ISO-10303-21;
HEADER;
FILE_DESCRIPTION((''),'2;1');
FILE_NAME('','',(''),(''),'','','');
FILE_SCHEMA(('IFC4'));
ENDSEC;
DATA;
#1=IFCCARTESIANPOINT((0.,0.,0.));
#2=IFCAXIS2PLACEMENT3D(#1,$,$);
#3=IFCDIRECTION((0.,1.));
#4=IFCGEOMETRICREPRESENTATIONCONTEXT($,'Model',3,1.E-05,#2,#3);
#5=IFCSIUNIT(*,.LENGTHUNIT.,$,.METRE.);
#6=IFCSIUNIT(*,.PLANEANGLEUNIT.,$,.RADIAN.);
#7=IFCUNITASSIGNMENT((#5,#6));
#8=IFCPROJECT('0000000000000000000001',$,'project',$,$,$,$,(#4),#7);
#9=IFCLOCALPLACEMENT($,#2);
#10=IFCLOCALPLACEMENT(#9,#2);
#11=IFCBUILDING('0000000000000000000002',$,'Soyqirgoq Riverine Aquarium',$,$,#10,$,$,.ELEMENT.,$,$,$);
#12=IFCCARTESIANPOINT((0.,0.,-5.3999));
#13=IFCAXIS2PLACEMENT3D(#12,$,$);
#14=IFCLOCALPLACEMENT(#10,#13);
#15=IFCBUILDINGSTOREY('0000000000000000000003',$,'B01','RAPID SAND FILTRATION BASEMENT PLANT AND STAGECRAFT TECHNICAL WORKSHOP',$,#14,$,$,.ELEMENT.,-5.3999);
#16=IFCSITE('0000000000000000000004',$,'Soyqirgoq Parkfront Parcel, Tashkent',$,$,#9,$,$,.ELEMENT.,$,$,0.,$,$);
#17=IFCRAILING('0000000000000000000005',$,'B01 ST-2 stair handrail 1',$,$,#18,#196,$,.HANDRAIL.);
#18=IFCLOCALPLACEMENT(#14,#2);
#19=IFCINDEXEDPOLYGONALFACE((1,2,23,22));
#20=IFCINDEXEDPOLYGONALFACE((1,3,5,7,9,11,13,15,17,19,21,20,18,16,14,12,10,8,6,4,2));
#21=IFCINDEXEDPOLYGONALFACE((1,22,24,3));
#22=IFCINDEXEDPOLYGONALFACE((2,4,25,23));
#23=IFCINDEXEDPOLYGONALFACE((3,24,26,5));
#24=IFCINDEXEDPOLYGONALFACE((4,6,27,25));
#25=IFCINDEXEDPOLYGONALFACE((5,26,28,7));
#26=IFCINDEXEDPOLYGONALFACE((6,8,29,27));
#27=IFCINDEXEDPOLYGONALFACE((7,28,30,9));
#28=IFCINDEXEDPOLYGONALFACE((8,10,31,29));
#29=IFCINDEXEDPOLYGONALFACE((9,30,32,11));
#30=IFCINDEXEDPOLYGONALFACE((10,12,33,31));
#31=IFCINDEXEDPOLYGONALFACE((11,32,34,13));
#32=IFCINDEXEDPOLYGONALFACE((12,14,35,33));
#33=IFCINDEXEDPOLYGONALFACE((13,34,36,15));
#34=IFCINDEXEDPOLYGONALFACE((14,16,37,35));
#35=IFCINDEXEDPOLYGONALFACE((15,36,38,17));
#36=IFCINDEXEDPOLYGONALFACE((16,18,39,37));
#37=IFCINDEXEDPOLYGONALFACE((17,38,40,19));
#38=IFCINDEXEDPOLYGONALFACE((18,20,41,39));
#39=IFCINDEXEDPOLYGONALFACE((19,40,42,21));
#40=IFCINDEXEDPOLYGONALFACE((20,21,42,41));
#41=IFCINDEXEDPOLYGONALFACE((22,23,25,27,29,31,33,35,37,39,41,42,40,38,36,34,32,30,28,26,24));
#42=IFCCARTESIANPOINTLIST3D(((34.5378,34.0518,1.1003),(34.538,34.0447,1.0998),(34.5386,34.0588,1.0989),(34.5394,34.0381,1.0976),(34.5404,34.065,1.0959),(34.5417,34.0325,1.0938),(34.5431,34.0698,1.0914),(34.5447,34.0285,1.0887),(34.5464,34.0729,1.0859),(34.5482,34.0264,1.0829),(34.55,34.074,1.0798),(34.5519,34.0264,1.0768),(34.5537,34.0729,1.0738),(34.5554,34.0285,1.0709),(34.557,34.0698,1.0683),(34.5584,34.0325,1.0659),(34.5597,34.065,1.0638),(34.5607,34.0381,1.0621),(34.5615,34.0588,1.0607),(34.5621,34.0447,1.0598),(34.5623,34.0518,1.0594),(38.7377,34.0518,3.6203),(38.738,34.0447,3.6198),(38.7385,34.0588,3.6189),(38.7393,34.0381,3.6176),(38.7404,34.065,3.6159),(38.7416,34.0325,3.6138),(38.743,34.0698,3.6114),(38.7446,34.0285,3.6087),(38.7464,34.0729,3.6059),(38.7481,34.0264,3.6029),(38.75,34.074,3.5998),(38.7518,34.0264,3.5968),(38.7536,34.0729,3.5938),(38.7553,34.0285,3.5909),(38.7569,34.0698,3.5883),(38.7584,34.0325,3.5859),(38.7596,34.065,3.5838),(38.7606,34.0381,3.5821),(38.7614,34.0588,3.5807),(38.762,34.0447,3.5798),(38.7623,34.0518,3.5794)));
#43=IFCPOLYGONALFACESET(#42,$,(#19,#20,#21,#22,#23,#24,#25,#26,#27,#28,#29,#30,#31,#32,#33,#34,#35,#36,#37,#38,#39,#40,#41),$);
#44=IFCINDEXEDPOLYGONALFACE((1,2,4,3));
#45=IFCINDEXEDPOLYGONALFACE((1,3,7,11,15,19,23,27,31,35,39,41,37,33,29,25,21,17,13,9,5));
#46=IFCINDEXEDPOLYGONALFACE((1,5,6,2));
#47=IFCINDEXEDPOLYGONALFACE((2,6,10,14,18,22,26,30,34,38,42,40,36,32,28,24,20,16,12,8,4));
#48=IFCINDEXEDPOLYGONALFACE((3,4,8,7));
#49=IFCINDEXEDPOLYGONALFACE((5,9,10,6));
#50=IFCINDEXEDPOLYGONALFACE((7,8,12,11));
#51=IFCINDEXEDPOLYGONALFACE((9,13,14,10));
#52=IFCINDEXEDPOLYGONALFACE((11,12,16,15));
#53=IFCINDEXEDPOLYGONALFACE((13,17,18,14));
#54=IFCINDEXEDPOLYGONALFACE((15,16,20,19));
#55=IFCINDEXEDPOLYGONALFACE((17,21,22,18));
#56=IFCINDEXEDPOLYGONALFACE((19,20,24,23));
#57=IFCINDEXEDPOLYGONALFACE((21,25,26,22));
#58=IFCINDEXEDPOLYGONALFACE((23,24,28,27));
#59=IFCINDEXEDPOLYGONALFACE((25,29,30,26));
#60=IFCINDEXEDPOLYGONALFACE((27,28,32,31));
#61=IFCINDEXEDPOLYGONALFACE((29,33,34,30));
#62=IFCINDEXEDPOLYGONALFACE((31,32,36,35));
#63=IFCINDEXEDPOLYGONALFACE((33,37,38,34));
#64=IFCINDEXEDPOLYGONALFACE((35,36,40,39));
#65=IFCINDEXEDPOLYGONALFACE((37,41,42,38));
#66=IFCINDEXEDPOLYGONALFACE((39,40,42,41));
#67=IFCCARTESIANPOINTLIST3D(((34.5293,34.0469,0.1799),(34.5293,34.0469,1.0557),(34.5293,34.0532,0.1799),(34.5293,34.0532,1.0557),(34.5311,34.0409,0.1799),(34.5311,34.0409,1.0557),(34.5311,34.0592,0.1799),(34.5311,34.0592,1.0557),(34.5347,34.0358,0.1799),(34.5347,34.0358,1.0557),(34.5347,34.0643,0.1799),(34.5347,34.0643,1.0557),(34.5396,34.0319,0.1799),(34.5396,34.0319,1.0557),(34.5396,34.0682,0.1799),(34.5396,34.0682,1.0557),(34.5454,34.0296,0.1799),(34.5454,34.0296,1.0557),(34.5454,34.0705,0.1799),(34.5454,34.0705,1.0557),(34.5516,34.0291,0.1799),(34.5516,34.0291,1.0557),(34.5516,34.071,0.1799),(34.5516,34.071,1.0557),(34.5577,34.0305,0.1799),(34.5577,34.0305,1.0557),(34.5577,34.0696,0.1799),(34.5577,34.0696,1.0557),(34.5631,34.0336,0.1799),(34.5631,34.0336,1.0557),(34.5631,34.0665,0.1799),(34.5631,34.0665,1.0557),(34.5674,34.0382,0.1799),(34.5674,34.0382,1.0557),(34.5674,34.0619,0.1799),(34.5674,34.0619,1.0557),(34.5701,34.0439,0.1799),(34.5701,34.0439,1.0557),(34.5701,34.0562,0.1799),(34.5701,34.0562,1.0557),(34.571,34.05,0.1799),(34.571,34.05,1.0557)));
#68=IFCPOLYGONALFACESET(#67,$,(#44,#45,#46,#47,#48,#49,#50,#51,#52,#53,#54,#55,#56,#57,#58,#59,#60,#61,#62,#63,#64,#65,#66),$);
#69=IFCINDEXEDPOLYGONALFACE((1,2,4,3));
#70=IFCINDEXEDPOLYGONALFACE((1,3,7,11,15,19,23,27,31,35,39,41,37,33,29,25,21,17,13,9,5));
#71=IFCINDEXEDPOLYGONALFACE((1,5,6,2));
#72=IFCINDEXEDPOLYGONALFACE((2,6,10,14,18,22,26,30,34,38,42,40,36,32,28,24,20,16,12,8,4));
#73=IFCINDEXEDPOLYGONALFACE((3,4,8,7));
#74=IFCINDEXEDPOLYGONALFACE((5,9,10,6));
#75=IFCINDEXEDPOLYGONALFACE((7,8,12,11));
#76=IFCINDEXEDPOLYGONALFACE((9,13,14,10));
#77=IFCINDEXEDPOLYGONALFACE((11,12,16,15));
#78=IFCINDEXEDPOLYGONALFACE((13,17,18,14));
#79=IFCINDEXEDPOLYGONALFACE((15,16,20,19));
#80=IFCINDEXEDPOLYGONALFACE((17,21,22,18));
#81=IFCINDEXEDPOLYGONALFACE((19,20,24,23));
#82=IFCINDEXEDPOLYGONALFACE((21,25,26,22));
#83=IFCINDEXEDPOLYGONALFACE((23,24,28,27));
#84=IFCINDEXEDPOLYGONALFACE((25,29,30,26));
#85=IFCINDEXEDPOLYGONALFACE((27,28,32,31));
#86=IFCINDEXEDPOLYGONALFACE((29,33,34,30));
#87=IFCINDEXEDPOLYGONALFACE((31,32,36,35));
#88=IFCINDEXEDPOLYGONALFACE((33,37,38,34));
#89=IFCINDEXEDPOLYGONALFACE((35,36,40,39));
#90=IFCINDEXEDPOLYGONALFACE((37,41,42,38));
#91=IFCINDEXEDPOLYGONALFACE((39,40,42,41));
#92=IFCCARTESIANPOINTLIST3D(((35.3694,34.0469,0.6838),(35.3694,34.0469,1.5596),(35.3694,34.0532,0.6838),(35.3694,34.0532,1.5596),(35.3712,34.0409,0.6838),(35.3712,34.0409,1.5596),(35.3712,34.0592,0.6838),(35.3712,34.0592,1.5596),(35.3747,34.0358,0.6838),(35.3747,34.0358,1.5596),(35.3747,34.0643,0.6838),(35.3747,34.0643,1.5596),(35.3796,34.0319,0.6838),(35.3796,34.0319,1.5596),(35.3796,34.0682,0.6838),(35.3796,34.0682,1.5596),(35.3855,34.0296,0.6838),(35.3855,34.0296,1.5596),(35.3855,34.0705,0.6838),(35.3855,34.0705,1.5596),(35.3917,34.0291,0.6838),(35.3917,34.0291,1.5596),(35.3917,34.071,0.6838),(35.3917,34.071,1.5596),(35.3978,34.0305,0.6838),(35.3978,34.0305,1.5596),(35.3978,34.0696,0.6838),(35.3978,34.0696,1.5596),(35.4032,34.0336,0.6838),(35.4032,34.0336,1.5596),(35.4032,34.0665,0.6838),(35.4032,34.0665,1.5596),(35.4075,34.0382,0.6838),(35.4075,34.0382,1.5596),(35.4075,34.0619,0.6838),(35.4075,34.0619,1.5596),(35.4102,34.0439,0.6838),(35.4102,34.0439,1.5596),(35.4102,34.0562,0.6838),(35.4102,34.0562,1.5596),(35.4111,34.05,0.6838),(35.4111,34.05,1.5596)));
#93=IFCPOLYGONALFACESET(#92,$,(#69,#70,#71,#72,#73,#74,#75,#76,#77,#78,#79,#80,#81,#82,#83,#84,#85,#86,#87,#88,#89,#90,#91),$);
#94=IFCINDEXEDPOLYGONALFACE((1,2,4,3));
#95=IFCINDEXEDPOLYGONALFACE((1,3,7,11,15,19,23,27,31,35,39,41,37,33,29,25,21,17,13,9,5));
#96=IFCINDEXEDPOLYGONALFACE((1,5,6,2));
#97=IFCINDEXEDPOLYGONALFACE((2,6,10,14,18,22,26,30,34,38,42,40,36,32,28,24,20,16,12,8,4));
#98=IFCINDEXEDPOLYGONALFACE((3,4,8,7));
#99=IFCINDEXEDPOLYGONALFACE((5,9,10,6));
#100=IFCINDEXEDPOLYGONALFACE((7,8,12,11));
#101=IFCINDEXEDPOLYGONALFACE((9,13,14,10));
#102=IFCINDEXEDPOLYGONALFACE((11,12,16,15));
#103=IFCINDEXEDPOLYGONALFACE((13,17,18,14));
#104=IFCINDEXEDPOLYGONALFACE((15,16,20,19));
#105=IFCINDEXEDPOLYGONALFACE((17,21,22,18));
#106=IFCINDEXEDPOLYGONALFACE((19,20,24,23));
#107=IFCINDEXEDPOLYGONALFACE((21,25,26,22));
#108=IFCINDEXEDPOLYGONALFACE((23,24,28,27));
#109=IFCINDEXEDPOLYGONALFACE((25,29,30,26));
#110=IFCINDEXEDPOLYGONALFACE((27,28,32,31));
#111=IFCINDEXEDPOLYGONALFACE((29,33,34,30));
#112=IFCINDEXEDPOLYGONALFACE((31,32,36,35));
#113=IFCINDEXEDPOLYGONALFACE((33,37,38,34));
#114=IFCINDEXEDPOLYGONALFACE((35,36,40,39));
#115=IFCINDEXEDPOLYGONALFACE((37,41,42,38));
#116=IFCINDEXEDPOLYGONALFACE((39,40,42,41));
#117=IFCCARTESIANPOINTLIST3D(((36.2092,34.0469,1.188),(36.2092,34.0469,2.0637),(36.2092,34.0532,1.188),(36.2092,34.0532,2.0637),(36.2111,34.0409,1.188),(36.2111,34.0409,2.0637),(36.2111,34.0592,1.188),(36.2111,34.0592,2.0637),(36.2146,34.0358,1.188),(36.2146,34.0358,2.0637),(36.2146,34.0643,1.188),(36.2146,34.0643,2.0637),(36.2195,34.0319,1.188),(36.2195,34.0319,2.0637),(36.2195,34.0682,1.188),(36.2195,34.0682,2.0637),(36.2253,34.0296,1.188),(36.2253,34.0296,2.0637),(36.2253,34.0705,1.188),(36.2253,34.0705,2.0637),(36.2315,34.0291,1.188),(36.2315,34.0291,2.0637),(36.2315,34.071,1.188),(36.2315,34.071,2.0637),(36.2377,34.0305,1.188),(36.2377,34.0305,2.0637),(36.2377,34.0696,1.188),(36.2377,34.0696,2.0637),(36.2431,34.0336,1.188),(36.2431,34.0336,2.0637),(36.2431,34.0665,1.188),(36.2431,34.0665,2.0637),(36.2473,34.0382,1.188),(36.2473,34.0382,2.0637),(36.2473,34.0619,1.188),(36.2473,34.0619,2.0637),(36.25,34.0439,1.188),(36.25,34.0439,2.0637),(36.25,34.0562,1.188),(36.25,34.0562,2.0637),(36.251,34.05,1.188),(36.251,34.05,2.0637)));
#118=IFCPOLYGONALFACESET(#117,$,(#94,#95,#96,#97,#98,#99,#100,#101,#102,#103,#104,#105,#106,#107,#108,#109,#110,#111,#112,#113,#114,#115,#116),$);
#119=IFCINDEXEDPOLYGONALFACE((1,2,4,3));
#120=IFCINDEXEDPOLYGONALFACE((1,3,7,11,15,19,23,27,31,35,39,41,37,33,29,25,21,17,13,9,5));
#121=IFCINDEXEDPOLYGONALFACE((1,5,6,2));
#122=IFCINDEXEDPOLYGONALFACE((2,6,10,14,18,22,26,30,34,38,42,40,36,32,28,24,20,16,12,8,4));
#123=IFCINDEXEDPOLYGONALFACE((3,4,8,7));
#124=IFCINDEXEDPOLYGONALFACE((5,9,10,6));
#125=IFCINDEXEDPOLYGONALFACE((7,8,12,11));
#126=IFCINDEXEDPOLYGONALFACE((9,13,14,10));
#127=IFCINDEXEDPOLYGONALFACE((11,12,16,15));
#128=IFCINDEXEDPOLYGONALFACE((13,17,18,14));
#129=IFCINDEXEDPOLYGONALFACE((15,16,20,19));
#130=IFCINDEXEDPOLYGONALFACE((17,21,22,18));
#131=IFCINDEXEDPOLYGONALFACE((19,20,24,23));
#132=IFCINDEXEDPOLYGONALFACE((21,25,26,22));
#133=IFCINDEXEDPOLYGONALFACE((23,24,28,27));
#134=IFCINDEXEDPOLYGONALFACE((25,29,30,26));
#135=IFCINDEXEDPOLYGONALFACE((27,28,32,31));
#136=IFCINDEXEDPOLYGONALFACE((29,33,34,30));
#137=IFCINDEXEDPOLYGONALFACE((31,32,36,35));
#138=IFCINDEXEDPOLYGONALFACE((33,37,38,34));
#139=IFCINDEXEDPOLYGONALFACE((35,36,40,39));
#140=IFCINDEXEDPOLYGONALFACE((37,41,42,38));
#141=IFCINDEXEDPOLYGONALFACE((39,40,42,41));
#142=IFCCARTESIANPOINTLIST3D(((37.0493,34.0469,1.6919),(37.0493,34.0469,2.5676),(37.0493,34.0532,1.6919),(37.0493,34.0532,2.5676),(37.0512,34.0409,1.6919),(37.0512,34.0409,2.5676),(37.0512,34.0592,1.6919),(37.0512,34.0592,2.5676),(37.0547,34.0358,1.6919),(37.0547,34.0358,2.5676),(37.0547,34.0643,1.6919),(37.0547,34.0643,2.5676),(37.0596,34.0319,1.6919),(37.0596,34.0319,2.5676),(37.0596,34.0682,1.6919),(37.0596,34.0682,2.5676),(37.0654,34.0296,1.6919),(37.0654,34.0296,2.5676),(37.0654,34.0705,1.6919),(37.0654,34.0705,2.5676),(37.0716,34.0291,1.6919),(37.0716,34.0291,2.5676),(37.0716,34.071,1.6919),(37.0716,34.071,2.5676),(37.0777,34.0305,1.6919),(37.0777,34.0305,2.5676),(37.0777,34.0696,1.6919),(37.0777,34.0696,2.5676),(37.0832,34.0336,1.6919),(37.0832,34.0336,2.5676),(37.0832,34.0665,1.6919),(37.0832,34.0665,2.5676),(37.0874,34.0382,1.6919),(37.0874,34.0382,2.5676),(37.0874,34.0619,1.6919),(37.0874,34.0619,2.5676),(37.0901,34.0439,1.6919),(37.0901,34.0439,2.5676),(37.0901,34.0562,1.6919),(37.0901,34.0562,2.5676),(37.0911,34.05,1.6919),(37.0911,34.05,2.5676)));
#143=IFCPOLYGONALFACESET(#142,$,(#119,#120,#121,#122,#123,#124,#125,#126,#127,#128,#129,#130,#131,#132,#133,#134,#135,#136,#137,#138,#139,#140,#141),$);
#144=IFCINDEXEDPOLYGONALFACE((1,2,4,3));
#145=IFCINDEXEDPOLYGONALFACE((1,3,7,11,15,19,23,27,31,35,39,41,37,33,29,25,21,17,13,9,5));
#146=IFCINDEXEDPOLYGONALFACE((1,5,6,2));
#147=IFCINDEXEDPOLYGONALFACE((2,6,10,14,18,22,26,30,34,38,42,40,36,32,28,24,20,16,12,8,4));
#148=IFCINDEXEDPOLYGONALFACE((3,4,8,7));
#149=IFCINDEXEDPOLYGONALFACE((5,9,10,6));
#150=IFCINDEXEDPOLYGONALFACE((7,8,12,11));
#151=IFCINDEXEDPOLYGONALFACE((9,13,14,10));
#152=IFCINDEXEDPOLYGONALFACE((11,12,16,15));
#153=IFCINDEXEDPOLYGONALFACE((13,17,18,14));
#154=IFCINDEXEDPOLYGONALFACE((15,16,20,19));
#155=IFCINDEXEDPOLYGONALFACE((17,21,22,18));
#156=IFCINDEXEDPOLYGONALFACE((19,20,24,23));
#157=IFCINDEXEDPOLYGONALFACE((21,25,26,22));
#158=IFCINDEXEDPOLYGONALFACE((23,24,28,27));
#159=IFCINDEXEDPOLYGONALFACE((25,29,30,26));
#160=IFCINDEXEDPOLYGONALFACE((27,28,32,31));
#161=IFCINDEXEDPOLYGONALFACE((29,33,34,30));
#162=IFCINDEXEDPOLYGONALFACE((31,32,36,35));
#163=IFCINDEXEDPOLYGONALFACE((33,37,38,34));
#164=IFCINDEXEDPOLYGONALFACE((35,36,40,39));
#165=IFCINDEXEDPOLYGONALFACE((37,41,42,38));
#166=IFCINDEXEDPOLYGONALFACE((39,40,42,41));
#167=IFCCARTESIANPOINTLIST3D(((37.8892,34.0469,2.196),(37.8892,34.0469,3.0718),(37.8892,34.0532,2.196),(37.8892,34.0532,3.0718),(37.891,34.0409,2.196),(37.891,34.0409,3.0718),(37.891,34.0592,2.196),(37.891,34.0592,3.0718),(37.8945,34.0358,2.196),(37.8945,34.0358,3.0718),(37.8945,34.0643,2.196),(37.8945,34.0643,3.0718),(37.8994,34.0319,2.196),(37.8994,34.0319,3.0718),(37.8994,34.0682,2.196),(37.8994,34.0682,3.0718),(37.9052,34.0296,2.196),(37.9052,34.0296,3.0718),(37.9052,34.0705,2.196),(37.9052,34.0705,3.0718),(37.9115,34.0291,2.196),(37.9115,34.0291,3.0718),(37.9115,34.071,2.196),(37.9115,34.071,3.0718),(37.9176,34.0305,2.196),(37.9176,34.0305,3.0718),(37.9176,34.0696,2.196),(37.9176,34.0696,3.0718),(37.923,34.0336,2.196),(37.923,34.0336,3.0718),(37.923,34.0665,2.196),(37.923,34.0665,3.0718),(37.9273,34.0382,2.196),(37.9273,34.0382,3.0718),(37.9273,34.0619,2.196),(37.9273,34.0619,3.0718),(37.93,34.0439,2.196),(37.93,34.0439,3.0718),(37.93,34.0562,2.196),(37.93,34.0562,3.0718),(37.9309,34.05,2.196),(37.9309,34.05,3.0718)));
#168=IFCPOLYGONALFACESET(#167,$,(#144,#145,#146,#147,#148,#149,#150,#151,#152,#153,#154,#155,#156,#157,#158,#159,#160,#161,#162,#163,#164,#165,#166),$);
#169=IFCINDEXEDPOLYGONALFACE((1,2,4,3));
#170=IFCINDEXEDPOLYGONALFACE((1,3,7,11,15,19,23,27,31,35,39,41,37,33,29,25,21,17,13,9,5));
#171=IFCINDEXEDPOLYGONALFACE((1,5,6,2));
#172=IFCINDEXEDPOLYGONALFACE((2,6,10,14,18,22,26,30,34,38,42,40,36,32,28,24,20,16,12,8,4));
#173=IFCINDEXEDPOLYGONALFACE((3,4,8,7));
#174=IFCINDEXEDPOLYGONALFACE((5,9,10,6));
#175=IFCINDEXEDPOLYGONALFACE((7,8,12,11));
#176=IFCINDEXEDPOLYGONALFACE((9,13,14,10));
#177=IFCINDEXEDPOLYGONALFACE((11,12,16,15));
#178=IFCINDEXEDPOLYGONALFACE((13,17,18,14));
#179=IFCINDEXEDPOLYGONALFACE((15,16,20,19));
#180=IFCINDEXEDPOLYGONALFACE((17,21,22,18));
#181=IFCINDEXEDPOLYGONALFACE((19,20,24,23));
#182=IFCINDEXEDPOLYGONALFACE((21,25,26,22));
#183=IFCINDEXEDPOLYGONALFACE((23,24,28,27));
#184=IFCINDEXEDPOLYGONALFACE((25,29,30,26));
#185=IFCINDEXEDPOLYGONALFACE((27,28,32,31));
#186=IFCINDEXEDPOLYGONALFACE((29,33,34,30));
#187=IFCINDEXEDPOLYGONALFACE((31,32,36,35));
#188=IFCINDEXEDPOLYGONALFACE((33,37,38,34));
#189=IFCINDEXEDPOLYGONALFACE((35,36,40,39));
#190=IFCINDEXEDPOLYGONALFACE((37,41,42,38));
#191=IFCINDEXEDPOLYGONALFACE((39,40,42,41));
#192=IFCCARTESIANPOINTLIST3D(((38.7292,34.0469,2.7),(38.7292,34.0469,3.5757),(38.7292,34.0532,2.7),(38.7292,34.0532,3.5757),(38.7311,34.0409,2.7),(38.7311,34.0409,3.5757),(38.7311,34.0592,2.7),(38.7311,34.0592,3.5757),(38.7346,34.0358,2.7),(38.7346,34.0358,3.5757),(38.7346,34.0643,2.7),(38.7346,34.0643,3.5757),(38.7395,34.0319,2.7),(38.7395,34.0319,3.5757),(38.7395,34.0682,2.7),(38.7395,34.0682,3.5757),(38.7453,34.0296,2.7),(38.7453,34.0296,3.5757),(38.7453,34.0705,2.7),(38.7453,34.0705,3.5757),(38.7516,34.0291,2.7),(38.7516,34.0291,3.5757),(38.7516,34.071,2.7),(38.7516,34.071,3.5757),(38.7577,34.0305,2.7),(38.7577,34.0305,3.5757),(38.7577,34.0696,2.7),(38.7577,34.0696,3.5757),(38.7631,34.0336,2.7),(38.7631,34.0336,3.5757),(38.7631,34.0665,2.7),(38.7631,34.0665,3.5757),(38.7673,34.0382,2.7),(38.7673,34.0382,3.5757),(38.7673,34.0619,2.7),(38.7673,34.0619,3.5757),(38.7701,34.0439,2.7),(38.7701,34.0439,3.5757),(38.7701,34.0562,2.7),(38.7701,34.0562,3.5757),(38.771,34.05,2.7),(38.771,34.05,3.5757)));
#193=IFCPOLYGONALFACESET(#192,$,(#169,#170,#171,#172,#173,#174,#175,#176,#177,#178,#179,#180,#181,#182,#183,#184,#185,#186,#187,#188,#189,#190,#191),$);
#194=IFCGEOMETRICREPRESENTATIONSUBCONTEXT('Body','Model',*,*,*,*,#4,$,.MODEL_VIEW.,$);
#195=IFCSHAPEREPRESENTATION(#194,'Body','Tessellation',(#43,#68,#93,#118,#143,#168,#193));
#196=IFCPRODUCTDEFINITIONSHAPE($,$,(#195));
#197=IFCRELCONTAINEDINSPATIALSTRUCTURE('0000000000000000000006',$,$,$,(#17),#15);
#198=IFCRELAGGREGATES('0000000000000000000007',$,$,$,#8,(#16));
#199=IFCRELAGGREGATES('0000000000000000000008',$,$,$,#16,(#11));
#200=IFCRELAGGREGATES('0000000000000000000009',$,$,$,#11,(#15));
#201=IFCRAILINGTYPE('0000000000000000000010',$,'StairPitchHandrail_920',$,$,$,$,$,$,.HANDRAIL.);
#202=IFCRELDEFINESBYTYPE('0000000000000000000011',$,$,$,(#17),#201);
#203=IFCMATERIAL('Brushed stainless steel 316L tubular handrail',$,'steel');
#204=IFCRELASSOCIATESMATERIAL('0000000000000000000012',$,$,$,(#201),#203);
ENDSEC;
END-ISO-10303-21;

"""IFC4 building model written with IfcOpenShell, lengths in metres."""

from ifc_helpers import new_model, si_unit, direction, frame, origin, origin_2d, place, context, subcontext, project, spatial, circle, extrude, material, type_object, element, save


model = new_model("IFC4")

# Units and contexts
model_context = context("Model", 3, precision=1e-05, world=origin(), true_north=direction((0.0, 1.0)))
body_context = subcontext(model_context, "Body", "Model", "MODEL_VIEW")
ifc_project = project(units=[si_unit("LENGTHUNIT", "METRE"), si_unit("PLANEANGLEUNIT", "RADIAN")], contexts=[model_context])

# Site, building, storey
site_placement = place(None, origin())
site = spatial("IfcSite", under=ifc_project, at=site_placement, Name="Soyqirgoq Parkfront Parcel, Tashkent", CompositionType="ELEMENT", RefElevation=0.0)
building_placement = place(site_placement, origin())
building = spatial("IfcBuilding", under=site, at=building_placement, Name="Soyqirgoq Riverine Aquarium", CompositionType="ELEMENT")
storey_placement = place(building_placement, frame((0.0, 0.0, -5.3999)))
storey = spatial("IfcBuildingStorey", under=building, at=storey_placement, Name="B01", Description="RAPID SAND FILTRATION BASEMENT PLANT AND STAGECRAFT TECHNICAL WORKSHOP", CompositionType="ELEMENT", Elevation=-5.3999)

# Railing
ifc_material_1 = material(Name="Brushed stainless steel 316L tubular handrail", Category="steel")
railing_type = type_object("IfcRailingType", Name="StairPitchHandrail_920", PredefinedType="HANDRAIL", material=ifc_material_1)
railing_placement = place(storey_placement, frame((34.55, 34.05, 0.1799)))
element("IfcRailing", 1, at=railing_placement, inside=storey, type_object=railing_type, Name="B01 ST-2 stair handrail 1", PredefinedType="HANDRAIL", context=body_context, shape_type="SweptSolid", body=[
    extrude(circle(Radius=0.0239, at=origin_2d()), frame((0.0, 0.0, 0.8999), z_axis=(0.857489, 0.0, 0.514503), x_axis=(0.0, 1.0, 0.0)), (0.0, 0.0, 1.0), 4.8979),
    extrude(circle(Radius=0.021, at=origin_2d()), origin(), (0.0, 0.0, 1.0), 0.8757),
    extrude(circle(Radius=0.021, at=origin_2d()), frame((0.8401, 0.0, 0.5039)), (0.0, 0.0, 1.0), 0.8757),
    extrude(circle(Radius=0.021, at=origin_2d()), frame((1.6799, 0.0, 1.0081)), (0.0, 0.0, 1.0), 0.8757),
    extrude(circle(Radius=0.021, at=origin_2d()), frame((2.52, 0.0, 1.512)), (0.0, 0.0, 1.0), 0.8757),
    extrude(circle(Radius=0.021, at=origin_2d()), frame((3.3599, 0.0, 2.0161)), (0.0, 0.0, 1.0), 0.8757),
    extrude(circle(Radius=0.021, at=origin_2d()), frame((4.2, 0.0, 2.52)), (0.0, 0.0, 1.0), 0.8757),
])

save(model, "model.ifc")
